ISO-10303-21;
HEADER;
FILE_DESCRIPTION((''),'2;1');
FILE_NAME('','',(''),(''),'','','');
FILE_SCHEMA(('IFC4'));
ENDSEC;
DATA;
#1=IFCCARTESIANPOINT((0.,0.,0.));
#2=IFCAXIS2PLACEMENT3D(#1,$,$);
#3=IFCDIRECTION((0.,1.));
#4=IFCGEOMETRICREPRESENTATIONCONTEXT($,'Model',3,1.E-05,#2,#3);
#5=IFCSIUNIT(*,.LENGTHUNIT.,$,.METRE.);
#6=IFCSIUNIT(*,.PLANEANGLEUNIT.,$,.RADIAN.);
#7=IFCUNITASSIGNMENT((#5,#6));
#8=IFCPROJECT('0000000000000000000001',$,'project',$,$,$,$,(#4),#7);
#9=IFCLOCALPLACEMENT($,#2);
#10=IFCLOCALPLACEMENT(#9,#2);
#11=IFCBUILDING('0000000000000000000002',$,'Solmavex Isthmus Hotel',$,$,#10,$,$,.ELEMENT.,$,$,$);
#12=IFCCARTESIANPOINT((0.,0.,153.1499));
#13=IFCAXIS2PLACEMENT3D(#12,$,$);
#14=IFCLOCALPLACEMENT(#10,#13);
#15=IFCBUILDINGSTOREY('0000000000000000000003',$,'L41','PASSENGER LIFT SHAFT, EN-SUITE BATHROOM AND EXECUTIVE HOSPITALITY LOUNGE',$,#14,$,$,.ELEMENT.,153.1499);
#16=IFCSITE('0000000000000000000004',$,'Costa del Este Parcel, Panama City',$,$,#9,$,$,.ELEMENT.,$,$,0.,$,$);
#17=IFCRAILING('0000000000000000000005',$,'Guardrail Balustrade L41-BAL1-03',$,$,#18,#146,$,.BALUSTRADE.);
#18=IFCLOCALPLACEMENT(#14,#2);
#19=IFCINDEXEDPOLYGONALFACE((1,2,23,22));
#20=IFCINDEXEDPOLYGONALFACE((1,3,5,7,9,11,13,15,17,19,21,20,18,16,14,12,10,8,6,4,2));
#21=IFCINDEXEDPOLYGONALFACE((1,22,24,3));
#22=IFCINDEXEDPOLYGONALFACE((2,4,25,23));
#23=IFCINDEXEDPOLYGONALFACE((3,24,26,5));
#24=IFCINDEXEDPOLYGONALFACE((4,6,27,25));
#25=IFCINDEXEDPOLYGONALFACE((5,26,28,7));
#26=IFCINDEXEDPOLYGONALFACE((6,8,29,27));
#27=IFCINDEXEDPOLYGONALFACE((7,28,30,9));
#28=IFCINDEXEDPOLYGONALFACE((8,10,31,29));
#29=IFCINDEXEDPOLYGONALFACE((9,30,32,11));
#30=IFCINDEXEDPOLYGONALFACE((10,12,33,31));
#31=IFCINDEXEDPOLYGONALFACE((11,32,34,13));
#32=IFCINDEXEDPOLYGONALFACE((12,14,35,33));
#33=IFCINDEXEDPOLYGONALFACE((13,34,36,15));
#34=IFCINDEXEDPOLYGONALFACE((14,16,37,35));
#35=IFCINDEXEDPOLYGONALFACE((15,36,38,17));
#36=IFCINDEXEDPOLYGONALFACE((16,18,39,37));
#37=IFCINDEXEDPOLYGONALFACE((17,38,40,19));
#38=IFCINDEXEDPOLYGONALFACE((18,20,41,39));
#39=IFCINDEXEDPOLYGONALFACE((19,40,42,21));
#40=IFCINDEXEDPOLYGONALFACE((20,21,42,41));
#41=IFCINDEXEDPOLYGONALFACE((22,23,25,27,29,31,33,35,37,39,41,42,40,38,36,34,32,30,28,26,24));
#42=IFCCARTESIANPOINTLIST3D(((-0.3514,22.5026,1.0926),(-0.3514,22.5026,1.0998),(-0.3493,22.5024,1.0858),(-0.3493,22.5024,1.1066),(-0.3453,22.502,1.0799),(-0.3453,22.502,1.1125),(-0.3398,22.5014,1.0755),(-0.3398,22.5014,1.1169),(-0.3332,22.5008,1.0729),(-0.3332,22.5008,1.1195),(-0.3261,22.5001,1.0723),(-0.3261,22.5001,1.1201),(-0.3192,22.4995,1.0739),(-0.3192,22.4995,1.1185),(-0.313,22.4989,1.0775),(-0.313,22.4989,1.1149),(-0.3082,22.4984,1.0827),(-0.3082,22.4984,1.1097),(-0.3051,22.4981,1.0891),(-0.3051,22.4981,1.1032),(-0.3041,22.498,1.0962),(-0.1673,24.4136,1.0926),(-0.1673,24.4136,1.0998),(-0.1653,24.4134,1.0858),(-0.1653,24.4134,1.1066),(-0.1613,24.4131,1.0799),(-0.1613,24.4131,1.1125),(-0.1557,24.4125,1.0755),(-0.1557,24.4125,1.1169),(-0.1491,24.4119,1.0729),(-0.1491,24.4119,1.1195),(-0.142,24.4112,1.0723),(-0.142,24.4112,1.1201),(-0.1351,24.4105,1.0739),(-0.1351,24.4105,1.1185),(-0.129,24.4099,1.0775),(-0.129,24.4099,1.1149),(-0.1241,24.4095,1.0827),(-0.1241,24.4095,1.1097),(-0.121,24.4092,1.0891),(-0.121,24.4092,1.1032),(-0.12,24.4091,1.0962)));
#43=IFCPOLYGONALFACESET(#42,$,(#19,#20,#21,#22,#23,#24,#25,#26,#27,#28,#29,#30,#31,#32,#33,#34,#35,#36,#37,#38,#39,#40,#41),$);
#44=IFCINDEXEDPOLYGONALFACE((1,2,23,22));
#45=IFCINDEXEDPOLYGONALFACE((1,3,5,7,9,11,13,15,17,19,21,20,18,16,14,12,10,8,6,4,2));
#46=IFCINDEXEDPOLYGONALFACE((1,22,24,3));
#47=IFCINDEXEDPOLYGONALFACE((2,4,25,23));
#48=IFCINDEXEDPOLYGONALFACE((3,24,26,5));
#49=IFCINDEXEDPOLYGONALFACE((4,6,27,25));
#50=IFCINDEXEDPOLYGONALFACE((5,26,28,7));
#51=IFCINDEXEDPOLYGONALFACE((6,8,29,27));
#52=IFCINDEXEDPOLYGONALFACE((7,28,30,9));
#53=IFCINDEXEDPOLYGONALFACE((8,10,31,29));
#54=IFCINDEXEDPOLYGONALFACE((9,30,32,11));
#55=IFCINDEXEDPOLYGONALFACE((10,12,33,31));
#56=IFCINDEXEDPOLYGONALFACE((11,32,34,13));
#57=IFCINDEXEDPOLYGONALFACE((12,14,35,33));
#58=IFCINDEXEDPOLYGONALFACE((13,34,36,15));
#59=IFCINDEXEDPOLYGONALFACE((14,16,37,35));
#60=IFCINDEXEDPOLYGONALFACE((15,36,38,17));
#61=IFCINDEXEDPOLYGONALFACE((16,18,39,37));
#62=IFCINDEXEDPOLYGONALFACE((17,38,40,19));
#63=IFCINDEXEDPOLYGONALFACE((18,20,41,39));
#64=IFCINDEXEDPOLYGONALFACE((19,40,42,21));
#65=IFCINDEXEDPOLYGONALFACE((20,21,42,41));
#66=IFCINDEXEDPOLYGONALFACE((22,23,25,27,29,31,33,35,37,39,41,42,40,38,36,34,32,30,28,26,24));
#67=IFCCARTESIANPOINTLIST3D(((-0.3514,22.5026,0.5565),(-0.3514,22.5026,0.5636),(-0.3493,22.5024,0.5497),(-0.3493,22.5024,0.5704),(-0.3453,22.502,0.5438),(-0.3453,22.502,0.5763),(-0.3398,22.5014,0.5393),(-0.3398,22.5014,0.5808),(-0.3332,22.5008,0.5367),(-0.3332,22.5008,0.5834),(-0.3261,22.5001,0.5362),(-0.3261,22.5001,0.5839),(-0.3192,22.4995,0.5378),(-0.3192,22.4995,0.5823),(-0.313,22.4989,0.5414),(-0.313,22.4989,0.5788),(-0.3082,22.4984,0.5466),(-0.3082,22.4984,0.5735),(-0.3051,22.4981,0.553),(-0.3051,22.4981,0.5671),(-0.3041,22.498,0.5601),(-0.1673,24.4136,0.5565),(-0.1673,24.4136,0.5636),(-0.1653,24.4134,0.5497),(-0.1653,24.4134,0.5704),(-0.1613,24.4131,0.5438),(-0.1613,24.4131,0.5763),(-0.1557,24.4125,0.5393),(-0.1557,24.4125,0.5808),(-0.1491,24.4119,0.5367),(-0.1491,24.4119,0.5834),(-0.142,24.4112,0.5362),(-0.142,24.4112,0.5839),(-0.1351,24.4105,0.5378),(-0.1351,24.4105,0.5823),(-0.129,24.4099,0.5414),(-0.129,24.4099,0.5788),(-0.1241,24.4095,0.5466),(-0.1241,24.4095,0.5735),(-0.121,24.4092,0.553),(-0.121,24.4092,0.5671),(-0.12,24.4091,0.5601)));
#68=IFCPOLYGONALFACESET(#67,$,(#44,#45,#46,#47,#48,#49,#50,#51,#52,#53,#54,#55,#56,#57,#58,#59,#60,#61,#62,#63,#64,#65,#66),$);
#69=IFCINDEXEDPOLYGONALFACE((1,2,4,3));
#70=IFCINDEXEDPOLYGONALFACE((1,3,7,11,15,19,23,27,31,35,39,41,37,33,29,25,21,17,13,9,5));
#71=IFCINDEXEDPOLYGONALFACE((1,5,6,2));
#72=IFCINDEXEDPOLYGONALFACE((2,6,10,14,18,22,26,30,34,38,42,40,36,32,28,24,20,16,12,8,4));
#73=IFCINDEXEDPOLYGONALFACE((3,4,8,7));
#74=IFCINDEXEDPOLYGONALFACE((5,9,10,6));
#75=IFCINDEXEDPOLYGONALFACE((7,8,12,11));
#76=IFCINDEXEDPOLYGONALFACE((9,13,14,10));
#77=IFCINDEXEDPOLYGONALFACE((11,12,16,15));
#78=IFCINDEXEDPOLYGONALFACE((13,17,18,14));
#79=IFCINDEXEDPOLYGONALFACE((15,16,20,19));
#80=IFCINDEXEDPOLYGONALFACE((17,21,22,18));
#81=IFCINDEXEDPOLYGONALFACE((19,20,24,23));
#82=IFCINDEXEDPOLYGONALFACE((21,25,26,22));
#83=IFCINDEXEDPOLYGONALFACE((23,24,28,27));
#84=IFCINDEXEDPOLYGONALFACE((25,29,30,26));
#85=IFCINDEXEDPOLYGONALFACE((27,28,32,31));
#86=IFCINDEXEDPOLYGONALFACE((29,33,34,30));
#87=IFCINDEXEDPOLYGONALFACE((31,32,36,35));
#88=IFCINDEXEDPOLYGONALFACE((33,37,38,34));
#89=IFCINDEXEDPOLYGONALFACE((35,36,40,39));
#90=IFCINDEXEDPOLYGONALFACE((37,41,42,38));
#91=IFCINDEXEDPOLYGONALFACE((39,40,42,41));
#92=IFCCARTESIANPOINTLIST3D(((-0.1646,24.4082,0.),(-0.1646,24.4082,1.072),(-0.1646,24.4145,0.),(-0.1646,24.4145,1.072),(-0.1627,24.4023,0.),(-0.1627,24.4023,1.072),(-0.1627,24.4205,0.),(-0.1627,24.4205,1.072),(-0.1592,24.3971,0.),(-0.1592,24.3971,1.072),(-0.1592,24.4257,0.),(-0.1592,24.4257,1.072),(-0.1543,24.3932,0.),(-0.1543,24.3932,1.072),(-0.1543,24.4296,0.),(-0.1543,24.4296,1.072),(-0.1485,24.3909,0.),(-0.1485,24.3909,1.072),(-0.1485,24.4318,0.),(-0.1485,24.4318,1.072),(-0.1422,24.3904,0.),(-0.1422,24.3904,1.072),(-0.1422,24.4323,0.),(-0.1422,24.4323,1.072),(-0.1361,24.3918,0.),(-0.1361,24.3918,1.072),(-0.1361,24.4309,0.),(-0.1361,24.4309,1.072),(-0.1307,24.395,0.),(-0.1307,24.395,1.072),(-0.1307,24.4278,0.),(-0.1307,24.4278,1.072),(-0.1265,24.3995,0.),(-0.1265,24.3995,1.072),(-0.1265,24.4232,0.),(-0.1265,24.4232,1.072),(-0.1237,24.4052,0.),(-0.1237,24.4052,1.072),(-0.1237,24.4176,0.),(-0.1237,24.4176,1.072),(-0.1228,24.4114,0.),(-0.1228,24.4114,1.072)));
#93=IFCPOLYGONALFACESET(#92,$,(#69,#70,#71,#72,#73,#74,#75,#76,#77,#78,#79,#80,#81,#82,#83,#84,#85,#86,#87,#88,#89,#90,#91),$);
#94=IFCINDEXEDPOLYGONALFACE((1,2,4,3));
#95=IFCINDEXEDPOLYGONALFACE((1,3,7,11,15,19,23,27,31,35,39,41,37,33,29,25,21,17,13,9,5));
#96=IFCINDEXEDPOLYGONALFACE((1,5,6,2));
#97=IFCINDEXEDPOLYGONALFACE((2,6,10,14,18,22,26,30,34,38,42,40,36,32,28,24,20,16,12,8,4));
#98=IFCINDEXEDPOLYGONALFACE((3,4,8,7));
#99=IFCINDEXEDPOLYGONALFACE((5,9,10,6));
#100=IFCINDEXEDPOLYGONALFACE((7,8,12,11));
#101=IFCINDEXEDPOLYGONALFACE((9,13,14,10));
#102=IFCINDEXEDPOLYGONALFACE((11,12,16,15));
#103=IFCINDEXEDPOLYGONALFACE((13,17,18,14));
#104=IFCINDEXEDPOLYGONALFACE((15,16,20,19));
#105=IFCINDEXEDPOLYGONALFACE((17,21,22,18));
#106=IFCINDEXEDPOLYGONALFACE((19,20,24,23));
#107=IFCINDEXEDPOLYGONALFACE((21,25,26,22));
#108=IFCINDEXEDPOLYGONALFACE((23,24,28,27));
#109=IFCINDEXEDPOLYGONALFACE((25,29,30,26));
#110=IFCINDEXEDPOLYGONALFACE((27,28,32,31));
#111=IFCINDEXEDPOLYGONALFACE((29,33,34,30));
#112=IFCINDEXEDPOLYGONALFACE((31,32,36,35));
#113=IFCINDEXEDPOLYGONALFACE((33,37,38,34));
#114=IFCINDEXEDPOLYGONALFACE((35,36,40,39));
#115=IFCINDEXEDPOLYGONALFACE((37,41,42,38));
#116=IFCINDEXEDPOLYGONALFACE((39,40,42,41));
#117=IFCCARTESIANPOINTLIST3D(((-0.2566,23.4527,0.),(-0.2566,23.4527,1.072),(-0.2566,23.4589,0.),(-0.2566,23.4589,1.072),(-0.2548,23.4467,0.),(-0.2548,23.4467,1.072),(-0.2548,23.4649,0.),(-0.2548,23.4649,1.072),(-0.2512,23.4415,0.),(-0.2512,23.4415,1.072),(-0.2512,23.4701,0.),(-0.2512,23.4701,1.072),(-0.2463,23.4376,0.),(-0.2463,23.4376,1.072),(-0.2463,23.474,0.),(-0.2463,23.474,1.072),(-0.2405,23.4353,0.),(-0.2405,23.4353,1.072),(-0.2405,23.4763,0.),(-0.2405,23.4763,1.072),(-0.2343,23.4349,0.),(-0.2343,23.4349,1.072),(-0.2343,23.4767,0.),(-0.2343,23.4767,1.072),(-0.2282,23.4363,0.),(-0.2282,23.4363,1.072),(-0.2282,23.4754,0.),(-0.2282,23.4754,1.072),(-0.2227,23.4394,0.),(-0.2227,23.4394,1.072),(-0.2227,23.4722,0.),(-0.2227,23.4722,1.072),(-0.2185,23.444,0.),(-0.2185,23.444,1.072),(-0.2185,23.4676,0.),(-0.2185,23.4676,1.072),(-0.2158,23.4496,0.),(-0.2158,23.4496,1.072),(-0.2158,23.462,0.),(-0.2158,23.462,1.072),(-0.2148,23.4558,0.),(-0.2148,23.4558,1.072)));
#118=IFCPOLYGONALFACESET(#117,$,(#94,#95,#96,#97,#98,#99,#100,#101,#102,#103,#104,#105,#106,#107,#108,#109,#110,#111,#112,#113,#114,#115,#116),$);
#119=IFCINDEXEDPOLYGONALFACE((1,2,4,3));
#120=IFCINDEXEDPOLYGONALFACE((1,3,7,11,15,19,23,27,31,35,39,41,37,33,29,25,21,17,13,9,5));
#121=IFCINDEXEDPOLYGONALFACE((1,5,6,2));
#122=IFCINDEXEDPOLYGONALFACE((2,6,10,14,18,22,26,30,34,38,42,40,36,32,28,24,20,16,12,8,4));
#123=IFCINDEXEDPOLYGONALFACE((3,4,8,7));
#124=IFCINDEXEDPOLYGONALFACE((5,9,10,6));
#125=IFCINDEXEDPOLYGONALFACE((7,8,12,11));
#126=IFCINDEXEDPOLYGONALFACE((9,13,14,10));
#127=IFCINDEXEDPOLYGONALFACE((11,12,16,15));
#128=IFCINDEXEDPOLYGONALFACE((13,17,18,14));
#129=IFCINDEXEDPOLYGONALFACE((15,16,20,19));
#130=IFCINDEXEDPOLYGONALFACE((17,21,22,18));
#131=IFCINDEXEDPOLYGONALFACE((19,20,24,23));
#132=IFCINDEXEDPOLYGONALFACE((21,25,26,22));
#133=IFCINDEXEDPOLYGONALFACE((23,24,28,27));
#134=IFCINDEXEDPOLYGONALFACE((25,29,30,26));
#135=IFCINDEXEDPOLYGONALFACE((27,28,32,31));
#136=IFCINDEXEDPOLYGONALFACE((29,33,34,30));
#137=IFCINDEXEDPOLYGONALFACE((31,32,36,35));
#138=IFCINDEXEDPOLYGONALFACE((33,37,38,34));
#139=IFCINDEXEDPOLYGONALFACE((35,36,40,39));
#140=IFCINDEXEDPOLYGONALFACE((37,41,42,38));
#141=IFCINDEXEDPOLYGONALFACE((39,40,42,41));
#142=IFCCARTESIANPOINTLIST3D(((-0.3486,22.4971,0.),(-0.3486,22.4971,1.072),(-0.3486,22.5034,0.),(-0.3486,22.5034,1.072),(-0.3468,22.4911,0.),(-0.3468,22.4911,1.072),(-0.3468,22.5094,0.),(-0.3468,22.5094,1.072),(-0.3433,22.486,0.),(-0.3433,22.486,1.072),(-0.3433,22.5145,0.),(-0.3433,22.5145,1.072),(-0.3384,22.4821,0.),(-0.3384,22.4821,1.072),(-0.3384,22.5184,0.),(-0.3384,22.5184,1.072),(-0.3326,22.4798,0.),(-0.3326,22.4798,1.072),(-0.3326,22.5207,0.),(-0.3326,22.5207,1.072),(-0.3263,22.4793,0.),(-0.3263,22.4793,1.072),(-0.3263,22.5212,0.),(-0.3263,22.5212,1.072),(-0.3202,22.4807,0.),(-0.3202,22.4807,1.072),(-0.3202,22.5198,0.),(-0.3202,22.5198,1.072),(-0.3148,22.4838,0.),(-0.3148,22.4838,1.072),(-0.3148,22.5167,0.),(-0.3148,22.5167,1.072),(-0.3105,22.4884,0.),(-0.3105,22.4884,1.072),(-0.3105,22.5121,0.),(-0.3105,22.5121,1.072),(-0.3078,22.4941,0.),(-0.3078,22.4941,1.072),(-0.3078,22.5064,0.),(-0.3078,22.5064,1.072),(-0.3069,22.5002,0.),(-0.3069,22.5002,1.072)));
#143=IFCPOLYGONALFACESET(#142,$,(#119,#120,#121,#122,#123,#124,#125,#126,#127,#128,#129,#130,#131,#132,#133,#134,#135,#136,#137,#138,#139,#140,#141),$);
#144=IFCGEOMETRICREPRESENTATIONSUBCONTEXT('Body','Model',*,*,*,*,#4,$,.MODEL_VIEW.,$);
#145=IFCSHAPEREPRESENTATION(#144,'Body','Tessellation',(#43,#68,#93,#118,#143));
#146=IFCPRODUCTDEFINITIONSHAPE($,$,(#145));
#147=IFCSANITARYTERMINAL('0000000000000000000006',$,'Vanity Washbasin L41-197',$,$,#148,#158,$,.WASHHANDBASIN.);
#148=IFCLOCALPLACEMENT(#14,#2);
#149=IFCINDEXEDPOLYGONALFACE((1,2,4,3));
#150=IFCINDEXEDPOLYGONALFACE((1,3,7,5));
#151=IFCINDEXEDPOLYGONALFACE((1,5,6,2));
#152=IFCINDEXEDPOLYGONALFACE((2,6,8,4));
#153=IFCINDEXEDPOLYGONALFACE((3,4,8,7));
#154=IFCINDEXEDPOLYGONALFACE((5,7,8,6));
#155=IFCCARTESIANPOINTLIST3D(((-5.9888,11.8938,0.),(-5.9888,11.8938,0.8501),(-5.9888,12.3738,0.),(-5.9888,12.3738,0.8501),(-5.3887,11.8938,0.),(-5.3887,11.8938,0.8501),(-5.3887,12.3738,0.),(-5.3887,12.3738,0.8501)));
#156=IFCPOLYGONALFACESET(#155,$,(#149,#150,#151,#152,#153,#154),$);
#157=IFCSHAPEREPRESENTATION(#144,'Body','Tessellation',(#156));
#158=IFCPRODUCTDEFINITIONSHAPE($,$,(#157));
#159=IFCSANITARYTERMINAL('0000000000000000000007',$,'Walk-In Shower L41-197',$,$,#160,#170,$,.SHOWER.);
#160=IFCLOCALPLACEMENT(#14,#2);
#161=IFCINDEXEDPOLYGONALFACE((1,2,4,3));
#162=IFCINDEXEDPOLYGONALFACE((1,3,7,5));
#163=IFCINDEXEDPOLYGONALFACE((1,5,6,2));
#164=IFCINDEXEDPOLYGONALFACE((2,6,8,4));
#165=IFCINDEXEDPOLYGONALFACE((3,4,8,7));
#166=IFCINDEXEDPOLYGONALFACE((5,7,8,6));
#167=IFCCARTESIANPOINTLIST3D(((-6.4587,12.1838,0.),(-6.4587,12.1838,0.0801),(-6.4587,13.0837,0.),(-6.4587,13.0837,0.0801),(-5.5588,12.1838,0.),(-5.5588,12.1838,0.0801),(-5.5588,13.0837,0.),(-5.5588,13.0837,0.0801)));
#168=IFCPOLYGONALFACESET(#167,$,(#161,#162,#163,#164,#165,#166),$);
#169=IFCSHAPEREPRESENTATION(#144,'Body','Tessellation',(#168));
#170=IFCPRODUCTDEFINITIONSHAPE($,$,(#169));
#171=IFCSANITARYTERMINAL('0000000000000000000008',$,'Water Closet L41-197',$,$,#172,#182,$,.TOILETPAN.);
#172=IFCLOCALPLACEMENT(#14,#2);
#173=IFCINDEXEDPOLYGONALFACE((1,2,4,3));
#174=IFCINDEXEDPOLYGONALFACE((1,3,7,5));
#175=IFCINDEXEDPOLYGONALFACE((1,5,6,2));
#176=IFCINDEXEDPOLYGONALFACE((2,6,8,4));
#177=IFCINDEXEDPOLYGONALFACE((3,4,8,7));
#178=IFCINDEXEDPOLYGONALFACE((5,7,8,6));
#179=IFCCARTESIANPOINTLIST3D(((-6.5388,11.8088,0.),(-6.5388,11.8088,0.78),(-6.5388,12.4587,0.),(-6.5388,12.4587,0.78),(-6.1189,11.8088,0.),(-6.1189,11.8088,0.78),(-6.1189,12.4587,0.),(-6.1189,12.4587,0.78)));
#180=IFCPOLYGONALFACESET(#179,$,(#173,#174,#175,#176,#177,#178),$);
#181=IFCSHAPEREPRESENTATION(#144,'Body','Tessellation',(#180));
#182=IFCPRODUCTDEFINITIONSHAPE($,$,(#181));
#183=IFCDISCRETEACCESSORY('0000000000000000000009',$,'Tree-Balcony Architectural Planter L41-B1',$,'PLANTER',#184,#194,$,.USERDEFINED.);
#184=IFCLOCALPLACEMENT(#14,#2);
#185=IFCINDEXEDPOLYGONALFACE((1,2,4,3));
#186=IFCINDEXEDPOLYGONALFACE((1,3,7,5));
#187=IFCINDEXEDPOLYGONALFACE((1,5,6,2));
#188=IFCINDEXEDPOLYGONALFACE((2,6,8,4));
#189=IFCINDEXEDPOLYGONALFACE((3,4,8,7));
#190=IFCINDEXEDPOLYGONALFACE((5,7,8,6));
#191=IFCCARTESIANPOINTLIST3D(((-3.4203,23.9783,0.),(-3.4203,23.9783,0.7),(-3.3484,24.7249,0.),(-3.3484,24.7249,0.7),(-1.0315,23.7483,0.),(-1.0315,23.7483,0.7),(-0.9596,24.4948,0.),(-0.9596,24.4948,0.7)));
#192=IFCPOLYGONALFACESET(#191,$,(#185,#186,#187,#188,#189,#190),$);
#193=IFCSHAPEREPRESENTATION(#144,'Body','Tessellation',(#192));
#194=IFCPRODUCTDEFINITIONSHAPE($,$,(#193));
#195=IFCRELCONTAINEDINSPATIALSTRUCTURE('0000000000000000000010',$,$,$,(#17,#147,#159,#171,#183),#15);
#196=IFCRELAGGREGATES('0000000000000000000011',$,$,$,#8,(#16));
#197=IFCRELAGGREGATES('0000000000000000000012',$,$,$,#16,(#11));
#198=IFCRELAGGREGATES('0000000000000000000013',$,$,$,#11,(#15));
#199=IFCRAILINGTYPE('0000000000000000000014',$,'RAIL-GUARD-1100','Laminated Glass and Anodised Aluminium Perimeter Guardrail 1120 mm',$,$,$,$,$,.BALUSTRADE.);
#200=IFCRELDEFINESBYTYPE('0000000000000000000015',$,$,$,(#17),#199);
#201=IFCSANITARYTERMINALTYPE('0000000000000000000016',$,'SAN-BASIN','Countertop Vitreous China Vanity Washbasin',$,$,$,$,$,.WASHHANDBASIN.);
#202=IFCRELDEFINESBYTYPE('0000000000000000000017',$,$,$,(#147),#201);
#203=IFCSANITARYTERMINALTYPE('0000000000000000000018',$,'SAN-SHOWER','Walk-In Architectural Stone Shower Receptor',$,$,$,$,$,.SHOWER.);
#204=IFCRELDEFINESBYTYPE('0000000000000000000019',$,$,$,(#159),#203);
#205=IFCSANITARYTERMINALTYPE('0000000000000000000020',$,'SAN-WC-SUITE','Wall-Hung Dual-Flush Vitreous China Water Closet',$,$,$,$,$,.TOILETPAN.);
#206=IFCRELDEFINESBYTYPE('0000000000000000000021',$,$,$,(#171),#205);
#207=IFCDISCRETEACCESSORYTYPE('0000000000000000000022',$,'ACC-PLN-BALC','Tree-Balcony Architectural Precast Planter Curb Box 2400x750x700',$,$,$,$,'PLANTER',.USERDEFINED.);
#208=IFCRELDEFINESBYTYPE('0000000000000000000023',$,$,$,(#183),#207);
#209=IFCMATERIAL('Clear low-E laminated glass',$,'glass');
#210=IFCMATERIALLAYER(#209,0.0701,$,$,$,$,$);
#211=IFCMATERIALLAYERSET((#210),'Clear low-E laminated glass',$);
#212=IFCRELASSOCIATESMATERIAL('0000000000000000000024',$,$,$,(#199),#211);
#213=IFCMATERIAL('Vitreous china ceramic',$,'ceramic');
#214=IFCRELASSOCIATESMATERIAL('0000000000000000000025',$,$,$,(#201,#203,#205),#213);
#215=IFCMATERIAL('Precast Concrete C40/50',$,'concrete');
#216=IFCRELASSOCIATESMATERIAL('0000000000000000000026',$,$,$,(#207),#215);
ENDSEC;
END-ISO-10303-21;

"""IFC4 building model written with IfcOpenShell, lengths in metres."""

from ifc_helpers import new_model, si_unit, direction, frame, origin, origin_2d, place, context, subcontext, project, spatial, rectangle, circle, extrude, material, layer, layer_set, type_object, element, save


model = new_model("IFC4")

# Units and contexts
model_context = context("Model", 3, precision=1e-05, world=origin(), true_north=direction((0.0, 1.0)))
body_context = subcontext(model_context, "Body", "Model", "MODEL_VIEW")
ifc_project = project(units=[si_unit("LENGTHUNIT", "METRE"), si_unit("PLANEANGLEUNIT", "RADIAN")], contexts=[model_context])

# Site, building, storey
site_placement = place(None, origin())
site = spatial("IfcSite", under=ifc_project, at=site_placement, Name="Costa del Este Parcel, Panama City", CompositionType="ELEMENT", RefElevation=0.0)
building_placement = place(site_placement, origin())
building = spatial("IfcBuilding", under=site, at=building_placement, Name="Solmavex Isthmus Hotel", CompositionType="ELEMENT")
storey_placement = place(building_placement, frame((0.0, 0.0, 153.1499)))
storey = spatial("IfcBuildingStorey", under=building, at=storey_placement, Name="L41", Description="PASSENGER LIFT SHAFT, EN-SUITE BATHROOM AND EXECUTIVE HOSPITALITY LOUNGE", CompositionType="ELEMENT", Elevation=153.1499)

# Shared definitions
ifc_material_1 = material(Name="Clear low-E laminated glass", Category="glass")

# Shared definitions
ifc_material_2 = material(Name="Precast Concrete C40/50", Category="concrete")

# Railing
ifc_layer_1 = layer(ifc_material_1, 0.0701)
ifc_layer_set_1 = layer_set([ifc_layer_1], Name="Clear low-E laminated glass")
railing_type = type_object("IfcRailingType", Name="RAIL-GUARD-1100", Description="Laminated Glass and Anodised Aluminium Perimeter Guardrail 1120 mm", PredefinedType="BALUSTRADE", material=ifc_layer_set_1)
railing_1_placement = place(storey_placement, frame((-0.1438, 24.4114, 0.0)))
element("IfcRailing", 1, at=railing_1_placement, inside=storey, type_object=railing_type, Name="Guardrail Balustrade L41-BAL1-03", PredefinedType="BALUSTRADE", context=body_context, shape_type="SweptSolid", body=[
    extrude(circle(Radius=0.0239, at=origin_2d()), frame((0.0, 0.0, 1.0962), z_axis=(-0.095877, -0.995393, 0.0), x_axis=(0.995393, -0.095877, 0.0)), (0.0, 0.0, 1.0), 1.9199),
    extrude(circle(Radius=0.0239, at=origin_2d()), frame((0.0, 0.0, 0.5601), z_axis=(-0.095877, -0.995393, 0.0), x_axis=(0.995393, -0.095877, 0.0)), (0.0, 0.0, 1.0), 1.9199),
    extrude(circle(Radius=0.021, at=origin_2d()), origin(), (0.0, 0.0, 1.0), 1.072),
    extrude(circle(Radius=0.021, at=origin_2d()), frame((-0.092, -0.9556, 0.0)), (0.0, 0.0, 1.0), 1.072),
    extrude(circle(Radius=0.021, at=origin_2d()), frame((-0.1841, -1.9111, 0.0)), (0.0, 0.0, 1.0), 1.072),
])

# Sanitary terminals
ifc_material_3 = material(Name="Vitreous china ceramic", Category="ceramic")
sanitary_terminal_type_1 = type_object("IfcSanitaryTerminalType", Name="SAN-BASIN", Description="Countertop Vitreous China Vanity Washbasin", PredefinedType="WASHHANDBASIN", material=ifc_material_3)
sanitary_terminal_1_placement = place(storey_placement, frame((-5.6887, 12.1338, 0.0), z_axis=(0.0, 0.0, 1.0), x_axis=(1.0, 0.0, 0.0)))
element("IfcSanitaryTerminal", 2, at=sanitary_terminal_1_placement, inside=storey, type_object=sanitary_terminal_type_1, Name="Vanity Washbasin L41-197", PredefinedType="WASHHANDBASIN", context=body_context, shape_type="SweptSolid", body=[
    extrude(rectangle(XDim=0.6001, YDim=0.48, at=origin_2d()), origin(), (0.0, 0.0, 1.0), 0.8501),
])
sanitary_terminal_type_2 = type_object("IfcSanitaryTerminalType", Name="SAN-SHOWER", Description="Walk-In Architectural Stone Shower Receptor", PredefinedType="SHOWER", material=ifc_material_3)
sanitary_terminal_2_placement = place(storey_placement, frame((-6.0088, 12.6338, 0.0), z_axis=(0.0, 0.0, 1.0), x_axis=(1.0, 0.0, 0.0)))
element("IfcSanitaryTerminal", 3, at=sanitary_terminal_2_placement, inside=storey, type_object=sanitary_terminal_type_2, Name="Walk-In Shower L41-197", PredefinedType="SHOWER", context=body_context, shape_type="SweptSolid", body=[
    extrude(rectangle(XDim=0.8999, YDim=0.8999, at=origin_2d()), origin(), (0.0, 0.0, 1.0), 0.0801),
])
sanitary_terminal_type_3 = type_object("IfcSanitaryTerminalType", Name="SAN-WC-SUITE", Description="Wall-Hung Dual-Flush Vitreous China Water Closet", PredefinedType="TOILETPAN", material=ifc_material_3)
sanitary_terminal_3_placement = place(storey_placement, frame((-6.3289, 12.1338, 0.0), z_axis=(0.0, 0.0, 1.0), x_axis=(1.0, 0.0, 0.0)))
element("IfcSanitaryTerminal", 4, at=sanitary_terminal_3_placement, inside=storey, type_object=sanitary_terminal_type_3, Name="Water Closet L41-197", PredefinedType="TOILETPAN", context=body_context, shape_type="SweptSolid", body=[
    extrude(rectangle(XDim=0.4199, YDim=0.6499, at=origin_2d()), origin(), (0.0, 0.0, 1.0), 0.78),
])

# Discrete accessory
discrete_accessory_type = type_object("IfcDiscreteAccessoryType", Name="ACC-PLN-BALC", Description="Tree-Balcony Architectural Precast Planter Curb Box 2400x750x700", ElementType="PLANTER", PredefinedType="USERDEFINED", material=ifc_material_2)
discrete_accessory_placement = place(storey_placement, frame((-2.1899, 24.2366, 0.0), z_axis=(0.0, 0.0, 1.0), x_axis=(0.995396, -0.095846, 0.0)))
element("IfcDiscreteAccessory", 5, at=discrete_accessory_placement, inside=storey, type_object=discrete_accessory_type, Name="Tree-Balcony Architectural Planter L41-B1", ObjectType="PLANTER", PredefinedType="USERDEFINED", context=body_context, shape_type="SweptSolid", body=[
    extrude(rectangle(XDim=2.3999, YDim=0.75, at=origin_2d()), origin(), (0.0, 0.0, 1.0), 0.7),
])

save(model, "model.ifc")
